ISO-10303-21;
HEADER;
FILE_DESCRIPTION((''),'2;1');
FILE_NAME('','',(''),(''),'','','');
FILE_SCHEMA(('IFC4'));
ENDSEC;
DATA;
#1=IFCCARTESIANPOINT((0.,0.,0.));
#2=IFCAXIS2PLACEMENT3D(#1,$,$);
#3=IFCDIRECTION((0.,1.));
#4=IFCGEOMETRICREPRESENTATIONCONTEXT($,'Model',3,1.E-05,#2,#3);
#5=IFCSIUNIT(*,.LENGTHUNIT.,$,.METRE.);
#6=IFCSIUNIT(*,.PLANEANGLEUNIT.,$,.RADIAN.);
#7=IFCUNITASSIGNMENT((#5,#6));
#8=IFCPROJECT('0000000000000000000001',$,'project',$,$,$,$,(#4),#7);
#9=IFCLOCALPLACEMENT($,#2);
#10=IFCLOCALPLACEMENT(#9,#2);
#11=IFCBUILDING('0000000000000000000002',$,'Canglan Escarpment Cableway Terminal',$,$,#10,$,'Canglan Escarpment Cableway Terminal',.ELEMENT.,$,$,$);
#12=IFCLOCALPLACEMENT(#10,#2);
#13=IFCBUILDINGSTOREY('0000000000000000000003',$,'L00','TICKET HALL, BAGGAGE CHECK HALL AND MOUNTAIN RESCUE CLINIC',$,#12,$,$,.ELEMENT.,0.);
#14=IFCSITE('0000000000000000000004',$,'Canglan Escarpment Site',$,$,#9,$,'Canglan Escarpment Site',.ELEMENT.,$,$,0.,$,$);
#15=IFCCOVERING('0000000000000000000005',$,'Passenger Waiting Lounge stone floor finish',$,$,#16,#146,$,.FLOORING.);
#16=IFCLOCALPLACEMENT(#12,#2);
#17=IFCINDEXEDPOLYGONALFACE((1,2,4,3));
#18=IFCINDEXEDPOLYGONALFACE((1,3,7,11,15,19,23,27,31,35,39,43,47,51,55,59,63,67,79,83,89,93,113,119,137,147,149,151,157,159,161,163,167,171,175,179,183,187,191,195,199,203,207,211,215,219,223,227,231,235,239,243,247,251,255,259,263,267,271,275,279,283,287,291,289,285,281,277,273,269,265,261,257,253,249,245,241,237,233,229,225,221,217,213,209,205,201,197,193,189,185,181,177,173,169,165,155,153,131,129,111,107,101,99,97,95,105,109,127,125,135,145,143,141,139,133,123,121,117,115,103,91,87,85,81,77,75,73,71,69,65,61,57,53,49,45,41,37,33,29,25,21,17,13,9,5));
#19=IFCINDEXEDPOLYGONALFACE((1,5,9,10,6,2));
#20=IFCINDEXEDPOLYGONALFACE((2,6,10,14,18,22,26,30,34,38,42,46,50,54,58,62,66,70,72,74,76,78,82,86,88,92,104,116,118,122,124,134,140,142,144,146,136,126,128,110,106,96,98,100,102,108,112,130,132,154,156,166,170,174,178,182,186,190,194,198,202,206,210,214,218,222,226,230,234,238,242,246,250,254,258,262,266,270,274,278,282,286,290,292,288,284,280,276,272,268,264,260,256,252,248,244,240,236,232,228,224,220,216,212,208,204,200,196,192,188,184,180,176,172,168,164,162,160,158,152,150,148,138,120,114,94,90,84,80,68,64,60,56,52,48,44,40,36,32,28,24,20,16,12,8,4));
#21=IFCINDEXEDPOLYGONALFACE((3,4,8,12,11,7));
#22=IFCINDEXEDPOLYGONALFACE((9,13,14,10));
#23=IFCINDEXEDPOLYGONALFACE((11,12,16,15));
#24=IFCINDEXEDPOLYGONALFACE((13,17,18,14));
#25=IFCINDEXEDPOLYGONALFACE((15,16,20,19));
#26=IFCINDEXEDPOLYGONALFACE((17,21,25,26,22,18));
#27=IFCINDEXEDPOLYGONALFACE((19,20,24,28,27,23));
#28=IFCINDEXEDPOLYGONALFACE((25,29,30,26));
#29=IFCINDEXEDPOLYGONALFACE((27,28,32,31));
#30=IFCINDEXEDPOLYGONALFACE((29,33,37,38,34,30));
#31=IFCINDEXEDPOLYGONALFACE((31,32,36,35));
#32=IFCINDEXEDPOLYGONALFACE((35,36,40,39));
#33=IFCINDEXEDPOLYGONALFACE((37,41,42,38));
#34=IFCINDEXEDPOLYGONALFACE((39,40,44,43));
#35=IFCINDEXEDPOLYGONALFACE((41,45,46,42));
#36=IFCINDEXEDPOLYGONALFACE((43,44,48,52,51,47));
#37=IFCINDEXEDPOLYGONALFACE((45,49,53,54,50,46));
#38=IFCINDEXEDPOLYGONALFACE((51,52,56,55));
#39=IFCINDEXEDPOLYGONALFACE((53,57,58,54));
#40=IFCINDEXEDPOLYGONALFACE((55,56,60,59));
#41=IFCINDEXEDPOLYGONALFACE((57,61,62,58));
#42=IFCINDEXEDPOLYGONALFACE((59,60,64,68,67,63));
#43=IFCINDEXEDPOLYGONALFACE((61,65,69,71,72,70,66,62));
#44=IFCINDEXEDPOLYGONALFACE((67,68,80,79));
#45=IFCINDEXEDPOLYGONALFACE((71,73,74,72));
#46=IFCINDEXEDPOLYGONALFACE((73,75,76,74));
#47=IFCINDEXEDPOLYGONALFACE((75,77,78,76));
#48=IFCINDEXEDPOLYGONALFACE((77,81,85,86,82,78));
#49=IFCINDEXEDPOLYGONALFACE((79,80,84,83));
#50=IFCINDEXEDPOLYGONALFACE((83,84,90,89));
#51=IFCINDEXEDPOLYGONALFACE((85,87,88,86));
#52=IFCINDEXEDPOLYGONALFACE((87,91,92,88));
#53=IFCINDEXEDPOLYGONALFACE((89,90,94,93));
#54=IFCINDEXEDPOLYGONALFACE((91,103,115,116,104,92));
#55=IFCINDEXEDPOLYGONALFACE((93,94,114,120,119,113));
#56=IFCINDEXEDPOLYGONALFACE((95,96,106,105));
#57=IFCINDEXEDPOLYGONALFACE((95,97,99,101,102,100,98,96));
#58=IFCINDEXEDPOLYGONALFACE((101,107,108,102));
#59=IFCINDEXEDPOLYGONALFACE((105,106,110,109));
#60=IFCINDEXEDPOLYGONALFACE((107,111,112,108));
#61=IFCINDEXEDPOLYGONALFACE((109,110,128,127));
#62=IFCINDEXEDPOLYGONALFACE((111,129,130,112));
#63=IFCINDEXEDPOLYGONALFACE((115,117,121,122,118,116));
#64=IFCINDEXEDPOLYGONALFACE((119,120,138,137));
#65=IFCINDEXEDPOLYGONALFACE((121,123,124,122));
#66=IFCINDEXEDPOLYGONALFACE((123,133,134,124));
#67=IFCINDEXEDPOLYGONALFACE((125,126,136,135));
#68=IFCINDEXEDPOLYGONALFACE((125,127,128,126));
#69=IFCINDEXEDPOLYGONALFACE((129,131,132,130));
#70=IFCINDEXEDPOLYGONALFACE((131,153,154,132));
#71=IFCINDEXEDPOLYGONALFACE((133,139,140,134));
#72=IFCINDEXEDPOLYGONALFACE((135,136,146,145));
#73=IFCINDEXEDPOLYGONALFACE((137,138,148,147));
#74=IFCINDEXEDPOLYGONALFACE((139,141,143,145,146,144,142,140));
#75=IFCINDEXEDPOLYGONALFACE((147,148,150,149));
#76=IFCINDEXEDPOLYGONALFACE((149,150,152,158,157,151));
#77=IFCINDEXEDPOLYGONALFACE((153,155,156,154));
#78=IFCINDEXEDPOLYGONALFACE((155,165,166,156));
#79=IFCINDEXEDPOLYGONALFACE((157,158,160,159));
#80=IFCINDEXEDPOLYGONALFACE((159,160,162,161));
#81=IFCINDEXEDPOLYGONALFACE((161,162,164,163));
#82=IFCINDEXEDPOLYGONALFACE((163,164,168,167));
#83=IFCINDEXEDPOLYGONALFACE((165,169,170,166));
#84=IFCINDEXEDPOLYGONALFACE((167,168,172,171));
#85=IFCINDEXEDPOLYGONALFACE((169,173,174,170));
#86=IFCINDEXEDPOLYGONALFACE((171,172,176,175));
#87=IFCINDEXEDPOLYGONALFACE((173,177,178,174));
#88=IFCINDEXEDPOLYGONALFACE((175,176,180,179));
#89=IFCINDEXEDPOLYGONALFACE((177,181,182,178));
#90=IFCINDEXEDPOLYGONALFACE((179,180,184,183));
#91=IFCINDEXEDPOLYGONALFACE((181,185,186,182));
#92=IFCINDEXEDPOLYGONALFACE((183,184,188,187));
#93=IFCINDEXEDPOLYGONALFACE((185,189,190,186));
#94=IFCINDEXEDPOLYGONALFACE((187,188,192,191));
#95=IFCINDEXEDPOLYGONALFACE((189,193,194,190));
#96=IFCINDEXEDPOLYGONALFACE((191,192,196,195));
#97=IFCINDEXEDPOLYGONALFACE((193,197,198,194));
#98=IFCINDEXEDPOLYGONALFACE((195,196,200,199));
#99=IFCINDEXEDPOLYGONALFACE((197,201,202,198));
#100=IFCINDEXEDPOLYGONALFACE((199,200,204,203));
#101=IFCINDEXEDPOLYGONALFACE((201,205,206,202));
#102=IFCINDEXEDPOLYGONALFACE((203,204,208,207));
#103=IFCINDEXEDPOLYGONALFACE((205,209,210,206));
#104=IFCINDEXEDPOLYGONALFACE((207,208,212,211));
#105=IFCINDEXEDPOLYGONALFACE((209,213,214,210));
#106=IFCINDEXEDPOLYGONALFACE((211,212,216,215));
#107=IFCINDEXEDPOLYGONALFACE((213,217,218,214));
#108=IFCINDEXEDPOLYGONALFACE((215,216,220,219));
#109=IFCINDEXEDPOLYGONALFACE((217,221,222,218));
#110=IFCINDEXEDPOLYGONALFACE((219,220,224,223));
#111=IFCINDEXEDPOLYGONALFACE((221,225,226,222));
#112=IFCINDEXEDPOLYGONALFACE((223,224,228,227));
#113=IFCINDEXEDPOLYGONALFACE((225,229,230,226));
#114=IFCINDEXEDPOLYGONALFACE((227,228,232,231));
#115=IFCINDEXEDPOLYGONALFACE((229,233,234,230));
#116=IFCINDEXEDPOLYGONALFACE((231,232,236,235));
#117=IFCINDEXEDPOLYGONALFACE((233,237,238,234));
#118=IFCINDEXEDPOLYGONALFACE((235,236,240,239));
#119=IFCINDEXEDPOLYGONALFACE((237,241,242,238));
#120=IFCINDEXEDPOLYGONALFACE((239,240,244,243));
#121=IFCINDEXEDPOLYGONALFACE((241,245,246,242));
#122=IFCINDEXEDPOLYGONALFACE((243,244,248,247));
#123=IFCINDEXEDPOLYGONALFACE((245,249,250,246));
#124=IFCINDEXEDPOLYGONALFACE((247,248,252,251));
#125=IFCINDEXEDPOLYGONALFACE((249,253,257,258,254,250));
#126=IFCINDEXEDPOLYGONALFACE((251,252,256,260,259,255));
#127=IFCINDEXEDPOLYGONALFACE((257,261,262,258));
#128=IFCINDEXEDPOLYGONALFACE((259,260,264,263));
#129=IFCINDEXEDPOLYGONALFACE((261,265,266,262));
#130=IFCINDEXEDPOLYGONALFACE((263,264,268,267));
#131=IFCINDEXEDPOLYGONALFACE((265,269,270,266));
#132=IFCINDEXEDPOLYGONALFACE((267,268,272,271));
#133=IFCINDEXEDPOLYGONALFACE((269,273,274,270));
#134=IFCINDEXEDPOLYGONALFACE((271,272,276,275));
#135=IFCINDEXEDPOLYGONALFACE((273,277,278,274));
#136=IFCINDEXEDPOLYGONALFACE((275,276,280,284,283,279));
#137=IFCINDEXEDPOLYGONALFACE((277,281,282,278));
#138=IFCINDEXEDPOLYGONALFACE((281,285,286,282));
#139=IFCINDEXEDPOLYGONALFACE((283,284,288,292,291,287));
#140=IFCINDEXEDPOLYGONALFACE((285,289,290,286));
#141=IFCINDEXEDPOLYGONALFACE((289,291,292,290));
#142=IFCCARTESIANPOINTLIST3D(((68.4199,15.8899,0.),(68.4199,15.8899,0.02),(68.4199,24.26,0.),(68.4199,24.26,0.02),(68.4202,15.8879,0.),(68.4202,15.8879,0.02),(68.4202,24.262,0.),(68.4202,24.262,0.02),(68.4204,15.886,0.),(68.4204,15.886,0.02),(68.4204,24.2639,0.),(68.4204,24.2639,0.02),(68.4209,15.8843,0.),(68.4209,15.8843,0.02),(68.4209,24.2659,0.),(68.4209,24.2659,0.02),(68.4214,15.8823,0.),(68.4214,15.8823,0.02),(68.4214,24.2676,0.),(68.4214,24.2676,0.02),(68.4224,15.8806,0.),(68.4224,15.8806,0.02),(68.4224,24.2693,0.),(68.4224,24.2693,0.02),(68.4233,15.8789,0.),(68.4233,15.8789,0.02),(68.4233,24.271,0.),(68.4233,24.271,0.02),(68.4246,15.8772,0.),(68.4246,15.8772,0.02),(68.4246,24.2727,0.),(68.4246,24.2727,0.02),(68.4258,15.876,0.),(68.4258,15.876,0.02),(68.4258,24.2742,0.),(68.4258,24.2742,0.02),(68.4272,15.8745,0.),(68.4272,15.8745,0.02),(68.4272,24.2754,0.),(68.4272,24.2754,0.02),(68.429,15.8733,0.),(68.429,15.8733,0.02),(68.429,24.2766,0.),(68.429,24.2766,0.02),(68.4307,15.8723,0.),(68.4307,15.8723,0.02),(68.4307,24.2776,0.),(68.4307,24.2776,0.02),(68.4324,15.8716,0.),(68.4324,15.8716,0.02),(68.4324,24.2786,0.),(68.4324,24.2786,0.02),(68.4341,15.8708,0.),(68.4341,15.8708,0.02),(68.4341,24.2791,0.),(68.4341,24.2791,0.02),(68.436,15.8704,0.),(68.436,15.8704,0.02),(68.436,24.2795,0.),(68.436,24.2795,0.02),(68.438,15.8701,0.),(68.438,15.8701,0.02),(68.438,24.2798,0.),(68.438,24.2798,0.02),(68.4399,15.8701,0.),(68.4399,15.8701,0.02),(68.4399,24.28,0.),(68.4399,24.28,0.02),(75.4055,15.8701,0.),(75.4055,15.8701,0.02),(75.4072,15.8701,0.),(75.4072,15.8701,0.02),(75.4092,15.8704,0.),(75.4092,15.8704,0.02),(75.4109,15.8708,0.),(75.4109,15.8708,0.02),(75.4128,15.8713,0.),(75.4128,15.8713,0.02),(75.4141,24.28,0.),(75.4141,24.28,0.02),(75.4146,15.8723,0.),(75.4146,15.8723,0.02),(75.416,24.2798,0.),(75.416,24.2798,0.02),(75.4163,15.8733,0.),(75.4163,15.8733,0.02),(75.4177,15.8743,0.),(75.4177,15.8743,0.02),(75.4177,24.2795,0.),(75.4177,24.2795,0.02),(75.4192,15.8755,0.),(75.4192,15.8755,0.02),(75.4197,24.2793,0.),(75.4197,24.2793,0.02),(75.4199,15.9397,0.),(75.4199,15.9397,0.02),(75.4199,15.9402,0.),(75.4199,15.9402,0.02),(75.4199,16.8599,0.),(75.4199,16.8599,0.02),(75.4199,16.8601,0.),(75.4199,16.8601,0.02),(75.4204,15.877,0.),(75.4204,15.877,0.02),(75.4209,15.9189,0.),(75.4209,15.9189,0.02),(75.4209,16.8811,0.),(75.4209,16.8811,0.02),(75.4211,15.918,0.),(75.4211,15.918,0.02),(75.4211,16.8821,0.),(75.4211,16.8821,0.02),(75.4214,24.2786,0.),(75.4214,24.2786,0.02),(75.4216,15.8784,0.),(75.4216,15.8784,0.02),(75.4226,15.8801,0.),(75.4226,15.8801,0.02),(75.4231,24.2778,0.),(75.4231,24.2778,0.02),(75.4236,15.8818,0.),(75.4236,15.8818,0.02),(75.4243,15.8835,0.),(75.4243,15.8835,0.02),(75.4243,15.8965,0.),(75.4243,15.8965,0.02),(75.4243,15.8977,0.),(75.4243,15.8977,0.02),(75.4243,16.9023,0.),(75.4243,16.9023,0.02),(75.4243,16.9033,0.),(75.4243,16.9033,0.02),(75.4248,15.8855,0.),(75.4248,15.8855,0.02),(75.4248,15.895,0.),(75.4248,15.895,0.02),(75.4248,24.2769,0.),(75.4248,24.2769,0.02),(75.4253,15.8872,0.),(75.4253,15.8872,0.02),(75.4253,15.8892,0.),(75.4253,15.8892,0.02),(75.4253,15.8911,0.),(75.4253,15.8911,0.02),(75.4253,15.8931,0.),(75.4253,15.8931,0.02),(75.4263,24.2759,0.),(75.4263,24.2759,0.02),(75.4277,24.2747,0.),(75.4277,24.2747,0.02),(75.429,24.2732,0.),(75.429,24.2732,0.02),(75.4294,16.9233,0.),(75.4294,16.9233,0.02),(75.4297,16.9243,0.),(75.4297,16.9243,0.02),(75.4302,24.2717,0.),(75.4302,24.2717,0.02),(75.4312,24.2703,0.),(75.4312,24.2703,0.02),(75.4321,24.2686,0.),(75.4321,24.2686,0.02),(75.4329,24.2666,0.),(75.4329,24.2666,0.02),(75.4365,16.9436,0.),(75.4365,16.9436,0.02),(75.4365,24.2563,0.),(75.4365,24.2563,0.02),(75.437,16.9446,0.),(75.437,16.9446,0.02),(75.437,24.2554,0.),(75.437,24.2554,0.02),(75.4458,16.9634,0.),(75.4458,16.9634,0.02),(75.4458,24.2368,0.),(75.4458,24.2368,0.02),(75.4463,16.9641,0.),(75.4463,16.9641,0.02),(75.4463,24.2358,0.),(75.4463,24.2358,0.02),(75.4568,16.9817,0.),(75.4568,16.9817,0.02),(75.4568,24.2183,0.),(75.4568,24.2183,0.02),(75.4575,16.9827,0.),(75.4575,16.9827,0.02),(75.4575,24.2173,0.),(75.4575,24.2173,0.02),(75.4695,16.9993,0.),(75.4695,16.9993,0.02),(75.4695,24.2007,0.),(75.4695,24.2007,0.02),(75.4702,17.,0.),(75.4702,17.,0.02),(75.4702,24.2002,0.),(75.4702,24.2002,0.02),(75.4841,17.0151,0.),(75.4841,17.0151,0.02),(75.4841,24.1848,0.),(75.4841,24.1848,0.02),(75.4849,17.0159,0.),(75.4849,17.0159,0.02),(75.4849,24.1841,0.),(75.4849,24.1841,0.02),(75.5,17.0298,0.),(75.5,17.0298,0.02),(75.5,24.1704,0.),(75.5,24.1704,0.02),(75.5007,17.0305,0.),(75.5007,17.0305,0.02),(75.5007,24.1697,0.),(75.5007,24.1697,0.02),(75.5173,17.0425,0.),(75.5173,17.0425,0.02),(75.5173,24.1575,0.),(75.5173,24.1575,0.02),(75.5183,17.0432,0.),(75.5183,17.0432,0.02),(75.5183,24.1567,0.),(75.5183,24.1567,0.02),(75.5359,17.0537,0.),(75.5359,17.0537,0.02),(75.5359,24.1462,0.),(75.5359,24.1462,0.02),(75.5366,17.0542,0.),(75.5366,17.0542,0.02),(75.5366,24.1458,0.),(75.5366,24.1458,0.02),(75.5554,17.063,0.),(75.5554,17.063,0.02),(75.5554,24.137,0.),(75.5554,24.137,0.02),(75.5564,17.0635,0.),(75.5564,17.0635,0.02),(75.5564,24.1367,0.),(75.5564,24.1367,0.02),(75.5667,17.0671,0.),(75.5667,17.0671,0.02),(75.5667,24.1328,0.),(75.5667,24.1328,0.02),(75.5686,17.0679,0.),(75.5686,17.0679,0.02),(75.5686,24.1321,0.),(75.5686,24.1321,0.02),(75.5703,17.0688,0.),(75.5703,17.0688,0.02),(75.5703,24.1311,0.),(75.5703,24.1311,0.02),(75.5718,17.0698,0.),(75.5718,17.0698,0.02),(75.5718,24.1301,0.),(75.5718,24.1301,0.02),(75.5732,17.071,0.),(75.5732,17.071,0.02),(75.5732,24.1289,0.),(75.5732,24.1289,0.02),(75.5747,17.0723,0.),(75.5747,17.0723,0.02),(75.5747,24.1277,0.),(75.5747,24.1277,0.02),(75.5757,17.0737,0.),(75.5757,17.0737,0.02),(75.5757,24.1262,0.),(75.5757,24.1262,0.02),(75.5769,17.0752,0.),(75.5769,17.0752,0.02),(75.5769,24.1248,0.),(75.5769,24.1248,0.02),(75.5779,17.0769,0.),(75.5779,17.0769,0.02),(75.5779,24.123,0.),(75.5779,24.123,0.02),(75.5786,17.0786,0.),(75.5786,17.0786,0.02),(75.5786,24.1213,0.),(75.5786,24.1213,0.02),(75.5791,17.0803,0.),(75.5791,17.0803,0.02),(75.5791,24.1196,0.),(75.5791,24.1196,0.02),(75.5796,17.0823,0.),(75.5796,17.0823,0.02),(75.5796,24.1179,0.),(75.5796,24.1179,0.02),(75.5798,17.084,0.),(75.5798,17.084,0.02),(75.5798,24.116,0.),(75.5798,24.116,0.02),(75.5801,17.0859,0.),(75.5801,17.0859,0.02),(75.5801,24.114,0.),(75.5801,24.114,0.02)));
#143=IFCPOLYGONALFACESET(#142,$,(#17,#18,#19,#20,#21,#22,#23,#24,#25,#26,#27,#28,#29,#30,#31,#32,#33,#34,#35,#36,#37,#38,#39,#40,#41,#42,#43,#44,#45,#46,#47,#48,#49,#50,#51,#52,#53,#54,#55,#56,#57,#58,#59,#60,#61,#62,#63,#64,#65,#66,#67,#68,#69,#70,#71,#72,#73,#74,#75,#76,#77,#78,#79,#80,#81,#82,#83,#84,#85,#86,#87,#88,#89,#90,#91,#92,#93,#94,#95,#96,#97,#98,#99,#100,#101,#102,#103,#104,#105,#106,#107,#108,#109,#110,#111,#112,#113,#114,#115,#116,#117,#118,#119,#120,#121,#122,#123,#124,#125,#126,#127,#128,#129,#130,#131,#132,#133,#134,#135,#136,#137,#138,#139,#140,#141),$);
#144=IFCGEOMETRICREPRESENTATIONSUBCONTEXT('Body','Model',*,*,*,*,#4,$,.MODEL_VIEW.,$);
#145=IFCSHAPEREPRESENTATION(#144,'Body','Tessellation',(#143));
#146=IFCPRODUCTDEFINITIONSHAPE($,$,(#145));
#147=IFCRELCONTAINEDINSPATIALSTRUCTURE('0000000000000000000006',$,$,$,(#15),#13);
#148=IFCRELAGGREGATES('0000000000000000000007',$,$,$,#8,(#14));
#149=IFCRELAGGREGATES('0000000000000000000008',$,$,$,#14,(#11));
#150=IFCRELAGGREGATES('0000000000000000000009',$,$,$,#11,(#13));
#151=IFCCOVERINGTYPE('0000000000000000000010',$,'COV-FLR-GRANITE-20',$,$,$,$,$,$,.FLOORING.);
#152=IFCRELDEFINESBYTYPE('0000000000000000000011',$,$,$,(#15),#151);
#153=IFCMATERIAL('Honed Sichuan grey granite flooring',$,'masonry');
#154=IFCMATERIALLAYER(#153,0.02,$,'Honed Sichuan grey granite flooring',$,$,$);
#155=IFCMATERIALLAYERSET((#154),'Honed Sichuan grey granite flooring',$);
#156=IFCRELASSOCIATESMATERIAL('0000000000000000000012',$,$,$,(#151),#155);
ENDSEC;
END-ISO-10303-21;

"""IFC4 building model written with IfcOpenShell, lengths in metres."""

from ifc_helpers import new_model, si_unit, direction, origin, place, context, subcontext, project, spatial, polyline, outline, extrude, material, layer, layer_set, type_object, element, save


model = new_model("IFC4")

# Units and contexts
model_context = context("Model", 3, precision=1e-05, world=origin(), true_north=direction((0.0, 1.0)))
body_context = subcontext(model_context, "Body", "Model", "MODEL_VIEW")
ifc_project = project(units=[si_unit("LENGTHUNIT", "METRE"), si_unit("PLANEANGLEUNIT", "RADIAN")], contexts=[model_context])

# Site, building, storey
site_placement = place(None, origin())
site = spatial("IfcSite", under=ifc_project, at=site_placement, Name="Canglan Escarpment Site", LongName="Canglan Escarpment Site", CompositionType="ELEMENT", RefElevation=0.0)
building_placement = place(site_placement, origin())
building = spatial("IfcBuilding", under=site, at=building_placement, Name="Canglan Escarpment Cableway Terminal", LongName="Canglan Escarpment Cableway Terminal", CompositionType="ELEMENT")
storey_placement = place(building_placement, origin())
storey = spatial("IfcBuildingStorey", under=building, at=storey_placement, Name="L00", Description="TICKET HALL, BAGGAGE CHECK HALL AND MOUNTAIN RESCUE CLINIC", CompositionType="ELEMENT", Elevation=0.0)

# Covering
ifc_material_1 = material(Name="Honed Sichuan grey granite flooring", Category="masonry")
ifc_layer_1 = layer(ifc_material_1, 0.02, Name="Honed Sichuan grey granite flooring")
ifc_layer_set_1 = layer_set([ifc_layer_1], Name="Honed Sichuan grey granite flooring")
covering_type_1 = type_object("IfcCoveringType", Name="COV-FLR-GRANITE-20", PredefinedType="FLOORING", material=ifc_layer_set_1)
covering_1_placement = place(storey_placement, origin())
element("IfcCovering", 1, at=covering_1_placement, inside=storey, type_object=covering_type_1, Name="Passenger Waiting Lounge stone floor finish", PredefinedType="FLOORING", context=body_context, shape_type="SweptSolid", body=[
    extrude(outline(polyline([(68.4399, 15.8701), (68.438, 15.8701), (68.436, 15.8704), (68.4341, 15.8708), (68.4324, 15.8716), (68.4307, 15.8723), (68.429, 15.8733), (68.4272, 15.8745), (68.4258, 15.876), (68.4246, 15.8772), (68.4233, 15.8789), (68.4224, 15.8806), (68.4214, 15.8823), (68.4209, 15.8843), (68.4204, 15.886), (68.4202, 15.8879), (68.4199, 15.8899), (68.4199, 24.26), (68.4202, 24.262), (68.4204, 24.2639), (68.4209, 24.2659), (68.4214, 24.2676), (68.4224, 24.2693), (68.4233, 24.271), (68.4246, 24.2727), (68.4258, 24.2742), (68.4272, 24.2754), (68.429, 24.2766), (68.4307, 24.2776), (68.4324, 24.2786), (68.4341, 24.2791), (68.436, 24.2795), (68.438, 24.2798), (68.4399, 24.28), (75.4141, 24.28), (75.416, 24.2798), (75.4177, 24.2795), (75.4197, 24.2793), (75.4214, 24.2786), (75.4231, 24.2778), (75.4248, 24.2769), (75.4263, 24.2759), (75.4277, 24.2747), (75.429, 24.2732), (75.4302, 24.2717), (75.4312, 24.2703), (75.4321, 24.2686), (75.4329, 24.2666), (75.4365, 24.2563), (75.437, 24.2554), (75.4458, 24.2368), (75.4463, 24.2358), (75.4568, 24.2183), (75.4575, 24.2173), (75.4695, 24.2007), (75.4702, 24.2002), (75.4841, 24.1848), (75.4849, 24.1841), (75.5, 24.1704), (75.5007, 24.1697), (75.5173, 24.1575), (75.5183, 24.1567), (75.5359, 24.1462), (75.5366, 24.1458), (75.5554, 24.137), (75.5564, 24.1367), (75.5667, 24.1328), (75.5686, 24.1321), (75.5703, 24.1311), (75.5718, 24.1301), (75.5732, 24.1289), (75.5747, 24.1277), (75.5757, 24.1262), (75.5769, 24.1248), (75.5779, 24.123), (75.5786, 24.1213), (75.5791, 24.1196), (75.5796, 24.1179), (75.5798, 24.116), (75.5801, 24.114), (75.5801, 17.0859), (75.5798, 17.084), (75.5796, 17.0823), (75.5791, 17.0803), (75.5786, 17.0786), (75.5779, 17.0769), (75.5769, 17.0752), (75.5757, 17.0737), (75.5747, 17.0723), (75.5732, 17.071), (75.5718, 17.0698), (75.5703, 17.0688), (75.5686, 17.0679), (75.5667, 17.0671), (75.5564, 17.0635), (75.5554, 17.063), (75.5366, 17.0542), (75.5359, 17.0537), (75.5183, 17.0432), (75.5173, 17.0425), (75.5007, 17.0305), (75.5, 17.0298), (75.4849, 17.0159), (75.4841, 17.0151), (75.4702, 17.0), (75.4695, 16.9993), (75.4575, 16.9827), (75.4568, 16.9817), (75.4463, 16.9641), (75.4458, 16.9634), (75.437, 16.9446), (75.4365, 16.9436), (75.4297, 16.9243), (75.4294, 16.9233), (75.4243, 16.9033), (75.4243, 16.9023), (75.4211, 16.8821), (75.4209, 16.8811), (75.4199, 16.8601), (75.4199, 16.8599), (75.4199, 15.9402), (75.4199, 15.9397), (75.4209, 15.9189), (75.4211, 15.918), (75.4243, 15.8977), (75.4243, 15.8965), (75.4248, 15.895), (75.4253, 15.8931), (75.4253, 15.8911), (75.4253, 15.8892), (75.4253, 15.8872), (75.4248, 15.8855), (75.4243, 15.8835), (75.4236, 15.8818), (75.4226, 15.8801), (75.4216, 15.8784), (75.4204, 15.877), (75.4192, 15.8755), (75.4177, 15.8743), (75.4163, 15.8733), (75.4146, 15.8723), (75.4128, 15.8713), (75.4109, 15.8708), (75.4092, 15.8704), (75.4072, 15.8701), (75.4055, 15.8701), (68.4399, 15.8701)])), origin(), (0.0, 0.0, 1.0), 0.02),
])

save(model, "model.ifc")
